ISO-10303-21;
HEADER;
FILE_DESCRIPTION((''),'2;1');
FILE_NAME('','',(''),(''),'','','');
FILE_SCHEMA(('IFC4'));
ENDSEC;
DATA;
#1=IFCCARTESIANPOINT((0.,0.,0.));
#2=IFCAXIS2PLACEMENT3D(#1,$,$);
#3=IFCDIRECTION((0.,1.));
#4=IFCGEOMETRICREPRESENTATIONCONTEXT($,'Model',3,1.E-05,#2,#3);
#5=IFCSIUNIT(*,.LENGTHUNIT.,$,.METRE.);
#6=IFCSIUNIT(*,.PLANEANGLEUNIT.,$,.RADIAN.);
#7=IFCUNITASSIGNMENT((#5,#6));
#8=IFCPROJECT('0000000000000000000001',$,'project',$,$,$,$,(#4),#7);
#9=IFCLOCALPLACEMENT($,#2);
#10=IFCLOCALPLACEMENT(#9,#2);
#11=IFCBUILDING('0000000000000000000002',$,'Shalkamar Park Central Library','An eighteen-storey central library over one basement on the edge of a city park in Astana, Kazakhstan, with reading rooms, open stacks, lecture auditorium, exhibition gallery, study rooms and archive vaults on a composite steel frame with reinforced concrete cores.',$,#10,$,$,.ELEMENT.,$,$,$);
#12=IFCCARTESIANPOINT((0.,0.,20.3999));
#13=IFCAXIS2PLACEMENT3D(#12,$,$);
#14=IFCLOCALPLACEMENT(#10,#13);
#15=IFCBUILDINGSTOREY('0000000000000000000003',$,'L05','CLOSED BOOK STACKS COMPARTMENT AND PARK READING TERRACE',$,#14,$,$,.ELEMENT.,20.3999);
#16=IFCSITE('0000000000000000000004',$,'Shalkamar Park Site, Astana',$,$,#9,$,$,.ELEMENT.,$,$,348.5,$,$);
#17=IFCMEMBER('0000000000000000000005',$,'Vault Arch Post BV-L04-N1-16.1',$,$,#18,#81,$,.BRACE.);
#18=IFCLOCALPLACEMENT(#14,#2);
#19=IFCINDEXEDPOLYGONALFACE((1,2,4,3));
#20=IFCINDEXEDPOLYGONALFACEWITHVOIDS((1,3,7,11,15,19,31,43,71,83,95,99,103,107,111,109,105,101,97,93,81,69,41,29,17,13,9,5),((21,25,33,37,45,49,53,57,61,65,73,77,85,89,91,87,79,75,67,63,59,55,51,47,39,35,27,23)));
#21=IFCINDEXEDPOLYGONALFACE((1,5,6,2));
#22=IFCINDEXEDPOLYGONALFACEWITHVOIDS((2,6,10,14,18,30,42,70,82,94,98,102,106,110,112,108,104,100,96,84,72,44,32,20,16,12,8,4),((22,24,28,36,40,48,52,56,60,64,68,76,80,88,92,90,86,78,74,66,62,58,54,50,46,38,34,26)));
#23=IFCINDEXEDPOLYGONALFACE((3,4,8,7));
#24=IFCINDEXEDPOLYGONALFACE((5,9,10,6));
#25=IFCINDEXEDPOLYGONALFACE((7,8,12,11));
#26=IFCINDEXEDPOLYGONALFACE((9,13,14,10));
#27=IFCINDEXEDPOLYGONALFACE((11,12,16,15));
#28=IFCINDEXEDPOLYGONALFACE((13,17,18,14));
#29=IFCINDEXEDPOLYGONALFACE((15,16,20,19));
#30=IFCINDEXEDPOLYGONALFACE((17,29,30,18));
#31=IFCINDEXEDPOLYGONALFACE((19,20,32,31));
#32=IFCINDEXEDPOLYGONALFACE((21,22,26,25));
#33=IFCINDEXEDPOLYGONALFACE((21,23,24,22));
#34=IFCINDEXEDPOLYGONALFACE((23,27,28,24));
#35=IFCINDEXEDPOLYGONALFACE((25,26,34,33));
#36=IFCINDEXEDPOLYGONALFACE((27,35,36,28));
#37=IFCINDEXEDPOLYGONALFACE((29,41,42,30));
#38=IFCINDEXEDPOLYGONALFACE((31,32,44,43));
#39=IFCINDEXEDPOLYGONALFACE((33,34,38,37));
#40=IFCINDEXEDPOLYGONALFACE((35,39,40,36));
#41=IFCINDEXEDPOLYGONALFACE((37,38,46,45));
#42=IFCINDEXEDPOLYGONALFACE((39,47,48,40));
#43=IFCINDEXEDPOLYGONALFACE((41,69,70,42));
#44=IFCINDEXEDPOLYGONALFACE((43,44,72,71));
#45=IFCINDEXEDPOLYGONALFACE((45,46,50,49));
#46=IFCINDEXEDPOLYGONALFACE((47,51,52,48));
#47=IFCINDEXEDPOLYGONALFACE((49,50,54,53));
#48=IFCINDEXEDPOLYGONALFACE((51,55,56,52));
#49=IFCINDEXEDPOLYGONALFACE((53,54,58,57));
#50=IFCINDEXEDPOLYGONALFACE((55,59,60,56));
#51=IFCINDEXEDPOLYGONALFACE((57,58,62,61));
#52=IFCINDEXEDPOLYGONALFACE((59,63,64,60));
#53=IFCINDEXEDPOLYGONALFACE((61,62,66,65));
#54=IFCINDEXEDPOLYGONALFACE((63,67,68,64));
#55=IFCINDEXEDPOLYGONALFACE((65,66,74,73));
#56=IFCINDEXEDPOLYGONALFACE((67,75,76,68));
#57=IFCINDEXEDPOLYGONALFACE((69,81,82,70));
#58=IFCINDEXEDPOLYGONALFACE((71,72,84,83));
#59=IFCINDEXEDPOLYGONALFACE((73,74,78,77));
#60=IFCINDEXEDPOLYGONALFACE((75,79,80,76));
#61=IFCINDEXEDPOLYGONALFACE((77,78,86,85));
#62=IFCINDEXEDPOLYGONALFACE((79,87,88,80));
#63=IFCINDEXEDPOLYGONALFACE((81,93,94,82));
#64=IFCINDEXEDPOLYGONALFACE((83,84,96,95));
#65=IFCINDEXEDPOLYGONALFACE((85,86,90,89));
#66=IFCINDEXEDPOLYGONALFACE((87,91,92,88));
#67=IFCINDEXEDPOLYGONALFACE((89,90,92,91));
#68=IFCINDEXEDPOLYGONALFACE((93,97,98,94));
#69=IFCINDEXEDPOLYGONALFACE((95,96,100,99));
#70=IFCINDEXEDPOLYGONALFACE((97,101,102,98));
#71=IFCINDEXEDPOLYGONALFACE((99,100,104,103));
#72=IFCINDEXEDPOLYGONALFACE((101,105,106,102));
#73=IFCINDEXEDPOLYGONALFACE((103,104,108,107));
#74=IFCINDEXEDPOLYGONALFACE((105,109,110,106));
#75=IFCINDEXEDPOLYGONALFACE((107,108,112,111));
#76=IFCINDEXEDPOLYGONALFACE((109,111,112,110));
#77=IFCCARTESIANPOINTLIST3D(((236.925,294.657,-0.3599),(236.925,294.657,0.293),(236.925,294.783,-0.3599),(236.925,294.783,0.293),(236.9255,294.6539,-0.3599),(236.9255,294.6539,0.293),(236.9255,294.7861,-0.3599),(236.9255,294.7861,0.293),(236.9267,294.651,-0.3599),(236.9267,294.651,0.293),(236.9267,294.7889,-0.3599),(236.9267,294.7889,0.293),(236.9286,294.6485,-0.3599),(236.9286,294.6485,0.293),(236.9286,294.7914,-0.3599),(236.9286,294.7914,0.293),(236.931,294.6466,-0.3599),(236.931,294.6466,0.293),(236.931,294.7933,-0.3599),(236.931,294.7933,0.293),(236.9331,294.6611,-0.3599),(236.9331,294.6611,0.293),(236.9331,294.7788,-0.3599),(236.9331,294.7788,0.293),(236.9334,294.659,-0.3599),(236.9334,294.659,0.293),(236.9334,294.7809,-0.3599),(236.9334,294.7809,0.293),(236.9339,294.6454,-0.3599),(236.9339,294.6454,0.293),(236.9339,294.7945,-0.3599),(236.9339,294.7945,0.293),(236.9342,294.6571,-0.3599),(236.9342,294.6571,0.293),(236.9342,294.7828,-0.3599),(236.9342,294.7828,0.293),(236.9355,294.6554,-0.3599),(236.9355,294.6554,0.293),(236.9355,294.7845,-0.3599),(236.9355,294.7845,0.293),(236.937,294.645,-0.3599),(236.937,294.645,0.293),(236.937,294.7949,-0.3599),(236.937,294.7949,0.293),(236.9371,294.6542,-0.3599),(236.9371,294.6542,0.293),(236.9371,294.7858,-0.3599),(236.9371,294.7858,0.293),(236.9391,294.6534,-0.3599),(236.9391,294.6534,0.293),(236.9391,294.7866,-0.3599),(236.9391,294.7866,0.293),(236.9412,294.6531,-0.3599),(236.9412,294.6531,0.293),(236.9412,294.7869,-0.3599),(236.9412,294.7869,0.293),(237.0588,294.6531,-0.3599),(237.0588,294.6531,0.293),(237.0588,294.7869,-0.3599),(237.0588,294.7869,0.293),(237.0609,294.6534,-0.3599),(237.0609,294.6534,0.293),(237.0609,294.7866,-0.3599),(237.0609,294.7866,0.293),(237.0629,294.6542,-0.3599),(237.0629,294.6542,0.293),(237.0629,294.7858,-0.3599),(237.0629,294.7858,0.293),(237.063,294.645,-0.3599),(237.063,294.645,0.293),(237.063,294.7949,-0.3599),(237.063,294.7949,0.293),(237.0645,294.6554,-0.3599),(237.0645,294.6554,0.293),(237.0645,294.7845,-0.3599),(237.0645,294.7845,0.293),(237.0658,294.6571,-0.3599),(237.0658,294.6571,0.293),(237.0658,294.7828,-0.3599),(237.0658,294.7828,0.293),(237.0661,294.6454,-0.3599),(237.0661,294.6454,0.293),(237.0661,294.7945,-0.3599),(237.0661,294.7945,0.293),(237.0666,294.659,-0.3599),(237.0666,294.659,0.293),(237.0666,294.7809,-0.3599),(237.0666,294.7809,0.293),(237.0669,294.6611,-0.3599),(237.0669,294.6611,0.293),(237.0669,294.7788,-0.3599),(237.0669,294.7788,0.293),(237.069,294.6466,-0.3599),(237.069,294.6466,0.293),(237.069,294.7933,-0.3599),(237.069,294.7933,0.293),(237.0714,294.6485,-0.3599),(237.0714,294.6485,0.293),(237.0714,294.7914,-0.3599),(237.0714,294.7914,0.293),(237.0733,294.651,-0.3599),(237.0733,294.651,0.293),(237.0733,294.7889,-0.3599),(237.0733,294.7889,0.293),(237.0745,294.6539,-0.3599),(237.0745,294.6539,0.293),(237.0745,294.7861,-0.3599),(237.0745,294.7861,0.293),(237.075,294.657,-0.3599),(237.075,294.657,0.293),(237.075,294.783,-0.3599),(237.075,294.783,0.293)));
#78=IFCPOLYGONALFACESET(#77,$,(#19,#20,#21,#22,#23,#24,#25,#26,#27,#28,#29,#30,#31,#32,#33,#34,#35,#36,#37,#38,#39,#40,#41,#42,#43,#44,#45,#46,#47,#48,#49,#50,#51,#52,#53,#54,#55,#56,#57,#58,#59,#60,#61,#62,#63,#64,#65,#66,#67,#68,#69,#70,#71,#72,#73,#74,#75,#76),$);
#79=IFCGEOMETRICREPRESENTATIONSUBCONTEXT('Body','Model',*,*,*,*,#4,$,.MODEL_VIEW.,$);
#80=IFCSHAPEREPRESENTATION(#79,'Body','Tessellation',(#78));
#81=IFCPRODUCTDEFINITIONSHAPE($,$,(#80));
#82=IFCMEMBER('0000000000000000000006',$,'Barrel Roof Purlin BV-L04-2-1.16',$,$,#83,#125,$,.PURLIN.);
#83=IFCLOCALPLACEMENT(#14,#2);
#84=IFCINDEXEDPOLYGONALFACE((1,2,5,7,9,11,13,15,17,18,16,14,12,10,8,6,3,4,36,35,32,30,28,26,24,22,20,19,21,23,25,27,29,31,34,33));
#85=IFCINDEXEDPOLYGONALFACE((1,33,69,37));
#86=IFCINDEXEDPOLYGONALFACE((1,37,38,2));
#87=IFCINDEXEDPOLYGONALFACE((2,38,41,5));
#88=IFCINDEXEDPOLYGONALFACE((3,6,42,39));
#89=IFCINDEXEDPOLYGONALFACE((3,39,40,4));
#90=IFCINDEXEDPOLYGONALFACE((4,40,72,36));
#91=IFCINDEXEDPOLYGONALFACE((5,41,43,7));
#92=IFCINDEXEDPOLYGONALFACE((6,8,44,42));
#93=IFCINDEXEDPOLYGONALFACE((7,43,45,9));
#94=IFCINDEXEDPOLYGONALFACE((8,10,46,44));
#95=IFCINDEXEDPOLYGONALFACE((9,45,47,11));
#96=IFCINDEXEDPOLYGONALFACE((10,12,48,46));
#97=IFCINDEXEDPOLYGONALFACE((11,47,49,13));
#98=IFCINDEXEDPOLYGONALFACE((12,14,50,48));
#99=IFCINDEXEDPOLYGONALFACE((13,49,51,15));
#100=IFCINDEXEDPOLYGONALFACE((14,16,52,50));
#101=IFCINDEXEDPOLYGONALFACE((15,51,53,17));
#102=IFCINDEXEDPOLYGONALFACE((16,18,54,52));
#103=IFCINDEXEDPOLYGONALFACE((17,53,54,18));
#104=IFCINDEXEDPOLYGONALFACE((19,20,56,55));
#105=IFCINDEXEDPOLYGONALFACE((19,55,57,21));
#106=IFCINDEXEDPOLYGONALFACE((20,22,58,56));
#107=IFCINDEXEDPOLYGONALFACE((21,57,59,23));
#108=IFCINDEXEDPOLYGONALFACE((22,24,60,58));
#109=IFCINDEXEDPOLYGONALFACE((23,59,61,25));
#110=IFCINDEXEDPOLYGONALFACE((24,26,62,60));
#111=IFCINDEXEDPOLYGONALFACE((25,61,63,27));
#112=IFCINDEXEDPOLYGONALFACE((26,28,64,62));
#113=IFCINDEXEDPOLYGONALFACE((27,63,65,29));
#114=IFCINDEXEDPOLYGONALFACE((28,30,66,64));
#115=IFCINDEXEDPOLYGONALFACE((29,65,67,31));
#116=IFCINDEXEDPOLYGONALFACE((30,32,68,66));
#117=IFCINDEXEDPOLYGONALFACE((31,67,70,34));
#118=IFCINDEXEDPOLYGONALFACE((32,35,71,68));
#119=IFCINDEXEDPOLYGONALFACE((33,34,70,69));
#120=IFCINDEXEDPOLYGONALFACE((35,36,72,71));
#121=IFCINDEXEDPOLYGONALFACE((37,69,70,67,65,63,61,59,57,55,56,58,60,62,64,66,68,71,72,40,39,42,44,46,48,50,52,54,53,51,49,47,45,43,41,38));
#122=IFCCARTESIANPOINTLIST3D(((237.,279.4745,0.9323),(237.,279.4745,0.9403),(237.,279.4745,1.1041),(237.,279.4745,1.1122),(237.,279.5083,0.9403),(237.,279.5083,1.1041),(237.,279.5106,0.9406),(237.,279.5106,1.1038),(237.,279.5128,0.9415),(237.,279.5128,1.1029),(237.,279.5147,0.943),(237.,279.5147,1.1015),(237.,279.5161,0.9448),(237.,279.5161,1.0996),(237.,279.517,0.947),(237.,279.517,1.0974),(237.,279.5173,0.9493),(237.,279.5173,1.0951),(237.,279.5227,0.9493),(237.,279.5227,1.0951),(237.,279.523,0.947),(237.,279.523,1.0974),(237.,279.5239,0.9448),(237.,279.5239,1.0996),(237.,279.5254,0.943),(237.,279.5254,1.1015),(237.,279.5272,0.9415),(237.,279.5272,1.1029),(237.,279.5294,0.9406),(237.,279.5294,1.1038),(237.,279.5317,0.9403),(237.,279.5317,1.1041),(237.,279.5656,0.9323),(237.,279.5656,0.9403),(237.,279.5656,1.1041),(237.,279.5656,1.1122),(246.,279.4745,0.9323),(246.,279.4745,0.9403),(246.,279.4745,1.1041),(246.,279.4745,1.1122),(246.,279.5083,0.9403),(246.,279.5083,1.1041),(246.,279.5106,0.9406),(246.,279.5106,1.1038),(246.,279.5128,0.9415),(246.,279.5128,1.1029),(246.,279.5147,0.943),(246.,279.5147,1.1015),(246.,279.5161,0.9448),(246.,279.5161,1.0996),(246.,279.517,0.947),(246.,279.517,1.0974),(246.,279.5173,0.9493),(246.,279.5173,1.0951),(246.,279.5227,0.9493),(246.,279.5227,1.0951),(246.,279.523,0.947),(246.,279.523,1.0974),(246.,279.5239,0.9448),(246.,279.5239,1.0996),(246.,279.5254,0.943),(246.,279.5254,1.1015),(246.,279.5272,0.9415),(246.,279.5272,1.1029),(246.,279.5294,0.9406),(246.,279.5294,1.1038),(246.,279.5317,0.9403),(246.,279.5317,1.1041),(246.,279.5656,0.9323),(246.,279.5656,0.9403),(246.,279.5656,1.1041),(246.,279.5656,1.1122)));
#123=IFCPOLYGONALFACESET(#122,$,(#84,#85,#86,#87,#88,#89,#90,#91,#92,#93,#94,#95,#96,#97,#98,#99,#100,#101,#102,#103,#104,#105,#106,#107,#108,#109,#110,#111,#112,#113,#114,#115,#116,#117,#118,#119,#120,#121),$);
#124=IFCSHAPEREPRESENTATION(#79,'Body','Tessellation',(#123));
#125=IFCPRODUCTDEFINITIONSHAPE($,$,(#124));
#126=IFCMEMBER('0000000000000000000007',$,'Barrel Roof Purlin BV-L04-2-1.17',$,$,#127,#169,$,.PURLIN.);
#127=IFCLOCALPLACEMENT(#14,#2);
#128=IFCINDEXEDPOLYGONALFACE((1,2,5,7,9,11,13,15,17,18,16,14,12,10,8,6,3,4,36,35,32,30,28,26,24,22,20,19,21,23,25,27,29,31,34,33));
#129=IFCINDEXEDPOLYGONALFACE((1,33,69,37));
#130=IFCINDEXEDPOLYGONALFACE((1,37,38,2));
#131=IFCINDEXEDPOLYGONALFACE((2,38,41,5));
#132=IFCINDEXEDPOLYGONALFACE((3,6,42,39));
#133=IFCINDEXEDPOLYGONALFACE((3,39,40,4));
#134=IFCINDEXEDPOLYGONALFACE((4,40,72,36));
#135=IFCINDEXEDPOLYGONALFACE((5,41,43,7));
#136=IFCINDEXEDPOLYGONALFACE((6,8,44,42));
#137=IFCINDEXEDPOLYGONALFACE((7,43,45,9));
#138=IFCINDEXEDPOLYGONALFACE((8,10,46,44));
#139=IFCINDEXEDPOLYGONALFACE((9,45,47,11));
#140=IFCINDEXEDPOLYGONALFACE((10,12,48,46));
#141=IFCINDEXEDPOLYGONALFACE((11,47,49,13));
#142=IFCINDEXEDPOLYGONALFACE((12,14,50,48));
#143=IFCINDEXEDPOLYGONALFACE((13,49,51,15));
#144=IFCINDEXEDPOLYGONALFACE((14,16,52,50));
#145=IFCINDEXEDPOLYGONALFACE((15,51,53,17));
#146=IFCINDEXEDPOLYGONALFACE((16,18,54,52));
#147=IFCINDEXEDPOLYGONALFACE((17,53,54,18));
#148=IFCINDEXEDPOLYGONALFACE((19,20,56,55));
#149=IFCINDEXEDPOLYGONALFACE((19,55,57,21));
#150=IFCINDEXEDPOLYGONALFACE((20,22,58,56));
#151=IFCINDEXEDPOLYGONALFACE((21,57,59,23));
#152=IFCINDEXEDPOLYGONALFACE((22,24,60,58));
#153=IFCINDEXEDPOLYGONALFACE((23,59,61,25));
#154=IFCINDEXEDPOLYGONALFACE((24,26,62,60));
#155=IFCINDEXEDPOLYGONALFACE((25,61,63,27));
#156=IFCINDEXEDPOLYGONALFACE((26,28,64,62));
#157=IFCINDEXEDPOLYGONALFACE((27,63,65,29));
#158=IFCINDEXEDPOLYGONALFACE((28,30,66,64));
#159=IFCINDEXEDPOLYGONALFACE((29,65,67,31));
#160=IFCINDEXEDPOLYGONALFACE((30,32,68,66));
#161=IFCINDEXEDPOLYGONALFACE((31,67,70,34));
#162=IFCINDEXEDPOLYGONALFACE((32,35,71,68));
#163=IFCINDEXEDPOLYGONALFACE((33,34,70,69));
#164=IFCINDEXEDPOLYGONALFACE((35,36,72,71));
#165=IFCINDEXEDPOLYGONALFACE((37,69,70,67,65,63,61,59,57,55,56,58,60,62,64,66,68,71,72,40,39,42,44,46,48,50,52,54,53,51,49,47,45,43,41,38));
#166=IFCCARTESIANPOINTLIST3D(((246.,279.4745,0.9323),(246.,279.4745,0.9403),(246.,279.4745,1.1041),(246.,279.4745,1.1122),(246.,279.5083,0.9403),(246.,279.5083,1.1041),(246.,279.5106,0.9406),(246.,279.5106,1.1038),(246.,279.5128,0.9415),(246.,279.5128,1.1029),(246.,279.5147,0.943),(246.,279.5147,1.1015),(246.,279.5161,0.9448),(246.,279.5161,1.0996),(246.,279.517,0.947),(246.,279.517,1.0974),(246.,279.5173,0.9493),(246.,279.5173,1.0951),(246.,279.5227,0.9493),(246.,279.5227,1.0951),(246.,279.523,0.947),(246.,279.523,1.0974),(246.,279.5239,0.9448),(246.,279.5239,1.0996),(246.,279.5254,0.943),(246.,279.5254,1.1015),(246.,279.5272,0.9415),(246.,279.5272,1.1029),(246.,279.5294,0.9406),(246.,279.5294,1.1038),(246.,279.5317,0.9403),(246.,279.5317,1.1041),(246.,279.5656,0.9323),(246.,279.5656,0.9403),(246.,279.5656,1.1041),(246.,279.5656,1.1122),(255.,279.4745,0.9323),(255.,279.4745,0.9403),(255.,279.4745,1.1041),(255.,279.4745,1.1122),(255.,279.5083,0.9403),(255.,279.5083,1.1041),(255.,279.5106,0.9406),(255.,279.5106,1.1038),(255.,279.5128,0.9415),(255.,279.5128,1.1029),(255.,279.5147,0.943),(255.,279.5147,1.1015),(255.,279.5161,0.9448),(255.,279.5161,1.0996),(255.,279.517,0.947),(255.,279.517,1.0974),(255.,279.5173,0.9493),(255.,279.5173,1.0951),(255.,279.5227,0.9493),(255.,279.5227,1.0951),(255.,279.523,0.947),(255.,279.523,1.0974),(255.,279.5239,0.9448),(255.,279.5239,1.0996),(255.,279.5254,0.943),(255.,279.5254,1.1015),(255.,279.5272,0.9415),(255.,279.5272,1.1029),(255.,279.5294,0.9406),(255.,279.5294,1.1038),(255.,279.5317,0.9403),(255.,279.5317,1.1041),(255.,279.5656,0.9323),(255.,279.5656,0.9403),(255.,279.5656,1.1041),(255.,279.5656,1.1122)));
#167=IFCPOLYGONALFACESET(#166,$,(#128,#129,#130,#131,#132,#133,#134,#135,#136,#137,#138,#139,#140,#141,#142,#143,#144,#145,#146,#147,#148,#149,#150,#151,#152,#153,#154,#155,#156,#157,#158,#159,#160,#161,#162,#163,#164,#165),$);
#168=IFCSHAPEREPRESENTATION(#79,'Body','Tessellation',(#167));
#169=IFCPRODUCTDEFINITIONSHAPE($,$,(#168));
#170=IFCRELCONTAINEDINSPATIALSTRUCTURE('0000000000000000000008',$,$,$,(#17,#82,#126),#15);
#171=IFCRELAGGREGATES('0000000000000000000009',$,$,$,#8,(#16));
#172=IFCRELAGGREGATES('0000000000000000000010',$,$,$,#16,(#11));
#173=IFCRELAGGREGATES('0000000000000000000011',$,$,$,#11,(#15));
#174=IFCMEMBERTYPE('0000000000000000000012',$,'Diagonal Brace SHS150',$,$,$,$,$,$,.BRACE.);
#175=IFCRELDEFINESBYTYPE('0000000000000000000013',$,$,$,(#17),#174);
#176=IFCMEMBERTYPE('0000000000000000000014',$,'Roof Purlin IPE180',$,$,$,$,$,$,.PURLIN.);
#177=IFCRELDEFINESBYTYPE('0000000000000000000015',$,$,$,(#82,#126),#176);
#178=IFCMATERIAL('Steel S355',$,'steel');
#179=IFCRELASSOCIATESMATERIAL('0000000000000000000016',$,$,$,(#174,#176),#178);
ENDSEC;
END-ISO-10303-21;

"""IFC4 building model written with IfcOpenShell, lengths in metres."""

from ifc_helpers import new_model, si_unit, direction, frame, origin, origin_2d, place, context, subcontext, project, spatial, hollow_rectangle, i_section, extrude, material, material_profile, profile_set, type_object, element, save


model = new_model("IFC4")

# Units and contexts
model_context = context("Model", 3, precision=1e-05, world=origin(), true_north=direction((0.0, 1.0)))
body_context = subcontext(model_context, "Body", "Model", "MODEL_VIEW")
ifc_project = project(units=[si_unit("LENGTHUNIT", "METRE"), si_unit("PLANEANGLEUNIT", "RADIAN")], contexts=[model_context])

# Site, building, storey
site_placement = place(None, origin())
site = spatial("IfcSite", under=ifc_project, at=site_placement, Name="Shalkamar Park Site, Astana", CompositionType="ELEMENT", RefElevation=348.5)
building_placement = place(site_placement, origin())
building = spatial("IfcBuilding", under=site, at=building_placement, Name="Shalkamar Park Central Library", Description="An eighteen-storey central library over one basement on the edge of a city park in Astana, Kazakhstan, with reading rooms, open stacks, lecture auditorium, exhibition gallery, study rooms and archive vaults on a composite steel frame with reinforced concrete cores.", CompositionType="ELEMENT")
storey_placement = place(building_placement, frame((0.0, 0.0, 20.3999)))
storey = spatial("IfcBuildingStorey", under=building, at=storey_placement, Name="L05", Description="CLOSED BOOK STACKS COMPARTMENT AND PARK READING TERRACE", CompositionType="ELEMENT", Elevation=20.3999)

# Members
ifc_material = material(Name="Steel S355", Category="steel")
ifc_material_profile_1 = material_profile(ifc_material, hollow_rectangle(XDim=0.1499, YDim=0.1499, WallThickness=0.0081, InnerFilletRadius=0.0081, OuterFilletRadius=0.012, at=origin_2d()), Name="SHS 150x150x8")
ifc_profile_set_1 = profile_set([ifc_material_profile_1], Name="Steel S355")
member_type_1 = type_object("IfcMemberType", Name="Diagonal Brace SHS150", PredefinedType="BRACE", material=ifc_profile_set_1)
for number, where, z_axis, x_axis, name in (
    (1, (237.0, 294.72, -0.3599), (0.0, 0.0, 1.0), (1.0, 0.0, 0.0), "Vault Arch Post BV-L04-N1-16.1"),
):
    element("IfcMember", number, at=place(storey_placement, frame(where, z_axis=z_axis, x_axis=x_axis)), inside=storey, type_object=member_type_1, Name=name, PredefinedType="BRACE", context=body_context, shape_type="SweptSolid", body=[
        extrude(hollow_rectangle(XDim=0.1499, YDim=0.1499, WallThickness=0.0081, InnerFilletRadius=0.0081, OuterFilletRadius=0.012, at=origin_2d()), origin(), (0.0, 0.0, 1.0), 0.6528),
    ])
ifc_material_profile_2 = material_profile(ifc_material, i_section(OverallWidth=0.0911, OverallDepth=0.1799, WebThickness=0.0054, FlangeThickness=0.0081, FilletRadius=0.009, at=origin_2d()), Name="IPE 180")
ifc_profile_set_2 = profile_set([ifc_material_profile_2], Name="Steel S355")
member_type_2 = type_object("IfcMemberType", Name="Roof Purlin IPE180", PredefinedType="PURLIN", material=ifc_profile_set_2)
for number, where, z_axis, x_axis, name in (
    (2, (237.0, 279.52, 1.0222), (1.0, 0.0, 0.0), (0.0, 1.0, 0.0), "Barrel Roof Purlin BV-L04-2-1.16"),
    (3, (246.0, 279.52, 1.0222), (1.0, 0.0, 0.0), (0.0, 1.0, 0.0), "Barrel Roof Purlin BV-L04-2-1.17"),
):
    element("IfcMember", number, at=place(storey_placement, frame(where, z_axis=z_axis, x_axis=x_axis)), inside=storey, type_object=member_type_2, Name=name, PredefinedType="PURLIN", context=body_context, shape_type="SweptSolid", body=[
        extrude(i_section(OverallWidth=0.0911, OverallDepth=0.1799, WebThickness=0.0054, FlangeThickness=0.0081, FilletRadius=0.009, at=origin_2d()), origin(), (0.0, 0.0, 1.0), 9.0),
    ])

save(model, "model.ifc")
